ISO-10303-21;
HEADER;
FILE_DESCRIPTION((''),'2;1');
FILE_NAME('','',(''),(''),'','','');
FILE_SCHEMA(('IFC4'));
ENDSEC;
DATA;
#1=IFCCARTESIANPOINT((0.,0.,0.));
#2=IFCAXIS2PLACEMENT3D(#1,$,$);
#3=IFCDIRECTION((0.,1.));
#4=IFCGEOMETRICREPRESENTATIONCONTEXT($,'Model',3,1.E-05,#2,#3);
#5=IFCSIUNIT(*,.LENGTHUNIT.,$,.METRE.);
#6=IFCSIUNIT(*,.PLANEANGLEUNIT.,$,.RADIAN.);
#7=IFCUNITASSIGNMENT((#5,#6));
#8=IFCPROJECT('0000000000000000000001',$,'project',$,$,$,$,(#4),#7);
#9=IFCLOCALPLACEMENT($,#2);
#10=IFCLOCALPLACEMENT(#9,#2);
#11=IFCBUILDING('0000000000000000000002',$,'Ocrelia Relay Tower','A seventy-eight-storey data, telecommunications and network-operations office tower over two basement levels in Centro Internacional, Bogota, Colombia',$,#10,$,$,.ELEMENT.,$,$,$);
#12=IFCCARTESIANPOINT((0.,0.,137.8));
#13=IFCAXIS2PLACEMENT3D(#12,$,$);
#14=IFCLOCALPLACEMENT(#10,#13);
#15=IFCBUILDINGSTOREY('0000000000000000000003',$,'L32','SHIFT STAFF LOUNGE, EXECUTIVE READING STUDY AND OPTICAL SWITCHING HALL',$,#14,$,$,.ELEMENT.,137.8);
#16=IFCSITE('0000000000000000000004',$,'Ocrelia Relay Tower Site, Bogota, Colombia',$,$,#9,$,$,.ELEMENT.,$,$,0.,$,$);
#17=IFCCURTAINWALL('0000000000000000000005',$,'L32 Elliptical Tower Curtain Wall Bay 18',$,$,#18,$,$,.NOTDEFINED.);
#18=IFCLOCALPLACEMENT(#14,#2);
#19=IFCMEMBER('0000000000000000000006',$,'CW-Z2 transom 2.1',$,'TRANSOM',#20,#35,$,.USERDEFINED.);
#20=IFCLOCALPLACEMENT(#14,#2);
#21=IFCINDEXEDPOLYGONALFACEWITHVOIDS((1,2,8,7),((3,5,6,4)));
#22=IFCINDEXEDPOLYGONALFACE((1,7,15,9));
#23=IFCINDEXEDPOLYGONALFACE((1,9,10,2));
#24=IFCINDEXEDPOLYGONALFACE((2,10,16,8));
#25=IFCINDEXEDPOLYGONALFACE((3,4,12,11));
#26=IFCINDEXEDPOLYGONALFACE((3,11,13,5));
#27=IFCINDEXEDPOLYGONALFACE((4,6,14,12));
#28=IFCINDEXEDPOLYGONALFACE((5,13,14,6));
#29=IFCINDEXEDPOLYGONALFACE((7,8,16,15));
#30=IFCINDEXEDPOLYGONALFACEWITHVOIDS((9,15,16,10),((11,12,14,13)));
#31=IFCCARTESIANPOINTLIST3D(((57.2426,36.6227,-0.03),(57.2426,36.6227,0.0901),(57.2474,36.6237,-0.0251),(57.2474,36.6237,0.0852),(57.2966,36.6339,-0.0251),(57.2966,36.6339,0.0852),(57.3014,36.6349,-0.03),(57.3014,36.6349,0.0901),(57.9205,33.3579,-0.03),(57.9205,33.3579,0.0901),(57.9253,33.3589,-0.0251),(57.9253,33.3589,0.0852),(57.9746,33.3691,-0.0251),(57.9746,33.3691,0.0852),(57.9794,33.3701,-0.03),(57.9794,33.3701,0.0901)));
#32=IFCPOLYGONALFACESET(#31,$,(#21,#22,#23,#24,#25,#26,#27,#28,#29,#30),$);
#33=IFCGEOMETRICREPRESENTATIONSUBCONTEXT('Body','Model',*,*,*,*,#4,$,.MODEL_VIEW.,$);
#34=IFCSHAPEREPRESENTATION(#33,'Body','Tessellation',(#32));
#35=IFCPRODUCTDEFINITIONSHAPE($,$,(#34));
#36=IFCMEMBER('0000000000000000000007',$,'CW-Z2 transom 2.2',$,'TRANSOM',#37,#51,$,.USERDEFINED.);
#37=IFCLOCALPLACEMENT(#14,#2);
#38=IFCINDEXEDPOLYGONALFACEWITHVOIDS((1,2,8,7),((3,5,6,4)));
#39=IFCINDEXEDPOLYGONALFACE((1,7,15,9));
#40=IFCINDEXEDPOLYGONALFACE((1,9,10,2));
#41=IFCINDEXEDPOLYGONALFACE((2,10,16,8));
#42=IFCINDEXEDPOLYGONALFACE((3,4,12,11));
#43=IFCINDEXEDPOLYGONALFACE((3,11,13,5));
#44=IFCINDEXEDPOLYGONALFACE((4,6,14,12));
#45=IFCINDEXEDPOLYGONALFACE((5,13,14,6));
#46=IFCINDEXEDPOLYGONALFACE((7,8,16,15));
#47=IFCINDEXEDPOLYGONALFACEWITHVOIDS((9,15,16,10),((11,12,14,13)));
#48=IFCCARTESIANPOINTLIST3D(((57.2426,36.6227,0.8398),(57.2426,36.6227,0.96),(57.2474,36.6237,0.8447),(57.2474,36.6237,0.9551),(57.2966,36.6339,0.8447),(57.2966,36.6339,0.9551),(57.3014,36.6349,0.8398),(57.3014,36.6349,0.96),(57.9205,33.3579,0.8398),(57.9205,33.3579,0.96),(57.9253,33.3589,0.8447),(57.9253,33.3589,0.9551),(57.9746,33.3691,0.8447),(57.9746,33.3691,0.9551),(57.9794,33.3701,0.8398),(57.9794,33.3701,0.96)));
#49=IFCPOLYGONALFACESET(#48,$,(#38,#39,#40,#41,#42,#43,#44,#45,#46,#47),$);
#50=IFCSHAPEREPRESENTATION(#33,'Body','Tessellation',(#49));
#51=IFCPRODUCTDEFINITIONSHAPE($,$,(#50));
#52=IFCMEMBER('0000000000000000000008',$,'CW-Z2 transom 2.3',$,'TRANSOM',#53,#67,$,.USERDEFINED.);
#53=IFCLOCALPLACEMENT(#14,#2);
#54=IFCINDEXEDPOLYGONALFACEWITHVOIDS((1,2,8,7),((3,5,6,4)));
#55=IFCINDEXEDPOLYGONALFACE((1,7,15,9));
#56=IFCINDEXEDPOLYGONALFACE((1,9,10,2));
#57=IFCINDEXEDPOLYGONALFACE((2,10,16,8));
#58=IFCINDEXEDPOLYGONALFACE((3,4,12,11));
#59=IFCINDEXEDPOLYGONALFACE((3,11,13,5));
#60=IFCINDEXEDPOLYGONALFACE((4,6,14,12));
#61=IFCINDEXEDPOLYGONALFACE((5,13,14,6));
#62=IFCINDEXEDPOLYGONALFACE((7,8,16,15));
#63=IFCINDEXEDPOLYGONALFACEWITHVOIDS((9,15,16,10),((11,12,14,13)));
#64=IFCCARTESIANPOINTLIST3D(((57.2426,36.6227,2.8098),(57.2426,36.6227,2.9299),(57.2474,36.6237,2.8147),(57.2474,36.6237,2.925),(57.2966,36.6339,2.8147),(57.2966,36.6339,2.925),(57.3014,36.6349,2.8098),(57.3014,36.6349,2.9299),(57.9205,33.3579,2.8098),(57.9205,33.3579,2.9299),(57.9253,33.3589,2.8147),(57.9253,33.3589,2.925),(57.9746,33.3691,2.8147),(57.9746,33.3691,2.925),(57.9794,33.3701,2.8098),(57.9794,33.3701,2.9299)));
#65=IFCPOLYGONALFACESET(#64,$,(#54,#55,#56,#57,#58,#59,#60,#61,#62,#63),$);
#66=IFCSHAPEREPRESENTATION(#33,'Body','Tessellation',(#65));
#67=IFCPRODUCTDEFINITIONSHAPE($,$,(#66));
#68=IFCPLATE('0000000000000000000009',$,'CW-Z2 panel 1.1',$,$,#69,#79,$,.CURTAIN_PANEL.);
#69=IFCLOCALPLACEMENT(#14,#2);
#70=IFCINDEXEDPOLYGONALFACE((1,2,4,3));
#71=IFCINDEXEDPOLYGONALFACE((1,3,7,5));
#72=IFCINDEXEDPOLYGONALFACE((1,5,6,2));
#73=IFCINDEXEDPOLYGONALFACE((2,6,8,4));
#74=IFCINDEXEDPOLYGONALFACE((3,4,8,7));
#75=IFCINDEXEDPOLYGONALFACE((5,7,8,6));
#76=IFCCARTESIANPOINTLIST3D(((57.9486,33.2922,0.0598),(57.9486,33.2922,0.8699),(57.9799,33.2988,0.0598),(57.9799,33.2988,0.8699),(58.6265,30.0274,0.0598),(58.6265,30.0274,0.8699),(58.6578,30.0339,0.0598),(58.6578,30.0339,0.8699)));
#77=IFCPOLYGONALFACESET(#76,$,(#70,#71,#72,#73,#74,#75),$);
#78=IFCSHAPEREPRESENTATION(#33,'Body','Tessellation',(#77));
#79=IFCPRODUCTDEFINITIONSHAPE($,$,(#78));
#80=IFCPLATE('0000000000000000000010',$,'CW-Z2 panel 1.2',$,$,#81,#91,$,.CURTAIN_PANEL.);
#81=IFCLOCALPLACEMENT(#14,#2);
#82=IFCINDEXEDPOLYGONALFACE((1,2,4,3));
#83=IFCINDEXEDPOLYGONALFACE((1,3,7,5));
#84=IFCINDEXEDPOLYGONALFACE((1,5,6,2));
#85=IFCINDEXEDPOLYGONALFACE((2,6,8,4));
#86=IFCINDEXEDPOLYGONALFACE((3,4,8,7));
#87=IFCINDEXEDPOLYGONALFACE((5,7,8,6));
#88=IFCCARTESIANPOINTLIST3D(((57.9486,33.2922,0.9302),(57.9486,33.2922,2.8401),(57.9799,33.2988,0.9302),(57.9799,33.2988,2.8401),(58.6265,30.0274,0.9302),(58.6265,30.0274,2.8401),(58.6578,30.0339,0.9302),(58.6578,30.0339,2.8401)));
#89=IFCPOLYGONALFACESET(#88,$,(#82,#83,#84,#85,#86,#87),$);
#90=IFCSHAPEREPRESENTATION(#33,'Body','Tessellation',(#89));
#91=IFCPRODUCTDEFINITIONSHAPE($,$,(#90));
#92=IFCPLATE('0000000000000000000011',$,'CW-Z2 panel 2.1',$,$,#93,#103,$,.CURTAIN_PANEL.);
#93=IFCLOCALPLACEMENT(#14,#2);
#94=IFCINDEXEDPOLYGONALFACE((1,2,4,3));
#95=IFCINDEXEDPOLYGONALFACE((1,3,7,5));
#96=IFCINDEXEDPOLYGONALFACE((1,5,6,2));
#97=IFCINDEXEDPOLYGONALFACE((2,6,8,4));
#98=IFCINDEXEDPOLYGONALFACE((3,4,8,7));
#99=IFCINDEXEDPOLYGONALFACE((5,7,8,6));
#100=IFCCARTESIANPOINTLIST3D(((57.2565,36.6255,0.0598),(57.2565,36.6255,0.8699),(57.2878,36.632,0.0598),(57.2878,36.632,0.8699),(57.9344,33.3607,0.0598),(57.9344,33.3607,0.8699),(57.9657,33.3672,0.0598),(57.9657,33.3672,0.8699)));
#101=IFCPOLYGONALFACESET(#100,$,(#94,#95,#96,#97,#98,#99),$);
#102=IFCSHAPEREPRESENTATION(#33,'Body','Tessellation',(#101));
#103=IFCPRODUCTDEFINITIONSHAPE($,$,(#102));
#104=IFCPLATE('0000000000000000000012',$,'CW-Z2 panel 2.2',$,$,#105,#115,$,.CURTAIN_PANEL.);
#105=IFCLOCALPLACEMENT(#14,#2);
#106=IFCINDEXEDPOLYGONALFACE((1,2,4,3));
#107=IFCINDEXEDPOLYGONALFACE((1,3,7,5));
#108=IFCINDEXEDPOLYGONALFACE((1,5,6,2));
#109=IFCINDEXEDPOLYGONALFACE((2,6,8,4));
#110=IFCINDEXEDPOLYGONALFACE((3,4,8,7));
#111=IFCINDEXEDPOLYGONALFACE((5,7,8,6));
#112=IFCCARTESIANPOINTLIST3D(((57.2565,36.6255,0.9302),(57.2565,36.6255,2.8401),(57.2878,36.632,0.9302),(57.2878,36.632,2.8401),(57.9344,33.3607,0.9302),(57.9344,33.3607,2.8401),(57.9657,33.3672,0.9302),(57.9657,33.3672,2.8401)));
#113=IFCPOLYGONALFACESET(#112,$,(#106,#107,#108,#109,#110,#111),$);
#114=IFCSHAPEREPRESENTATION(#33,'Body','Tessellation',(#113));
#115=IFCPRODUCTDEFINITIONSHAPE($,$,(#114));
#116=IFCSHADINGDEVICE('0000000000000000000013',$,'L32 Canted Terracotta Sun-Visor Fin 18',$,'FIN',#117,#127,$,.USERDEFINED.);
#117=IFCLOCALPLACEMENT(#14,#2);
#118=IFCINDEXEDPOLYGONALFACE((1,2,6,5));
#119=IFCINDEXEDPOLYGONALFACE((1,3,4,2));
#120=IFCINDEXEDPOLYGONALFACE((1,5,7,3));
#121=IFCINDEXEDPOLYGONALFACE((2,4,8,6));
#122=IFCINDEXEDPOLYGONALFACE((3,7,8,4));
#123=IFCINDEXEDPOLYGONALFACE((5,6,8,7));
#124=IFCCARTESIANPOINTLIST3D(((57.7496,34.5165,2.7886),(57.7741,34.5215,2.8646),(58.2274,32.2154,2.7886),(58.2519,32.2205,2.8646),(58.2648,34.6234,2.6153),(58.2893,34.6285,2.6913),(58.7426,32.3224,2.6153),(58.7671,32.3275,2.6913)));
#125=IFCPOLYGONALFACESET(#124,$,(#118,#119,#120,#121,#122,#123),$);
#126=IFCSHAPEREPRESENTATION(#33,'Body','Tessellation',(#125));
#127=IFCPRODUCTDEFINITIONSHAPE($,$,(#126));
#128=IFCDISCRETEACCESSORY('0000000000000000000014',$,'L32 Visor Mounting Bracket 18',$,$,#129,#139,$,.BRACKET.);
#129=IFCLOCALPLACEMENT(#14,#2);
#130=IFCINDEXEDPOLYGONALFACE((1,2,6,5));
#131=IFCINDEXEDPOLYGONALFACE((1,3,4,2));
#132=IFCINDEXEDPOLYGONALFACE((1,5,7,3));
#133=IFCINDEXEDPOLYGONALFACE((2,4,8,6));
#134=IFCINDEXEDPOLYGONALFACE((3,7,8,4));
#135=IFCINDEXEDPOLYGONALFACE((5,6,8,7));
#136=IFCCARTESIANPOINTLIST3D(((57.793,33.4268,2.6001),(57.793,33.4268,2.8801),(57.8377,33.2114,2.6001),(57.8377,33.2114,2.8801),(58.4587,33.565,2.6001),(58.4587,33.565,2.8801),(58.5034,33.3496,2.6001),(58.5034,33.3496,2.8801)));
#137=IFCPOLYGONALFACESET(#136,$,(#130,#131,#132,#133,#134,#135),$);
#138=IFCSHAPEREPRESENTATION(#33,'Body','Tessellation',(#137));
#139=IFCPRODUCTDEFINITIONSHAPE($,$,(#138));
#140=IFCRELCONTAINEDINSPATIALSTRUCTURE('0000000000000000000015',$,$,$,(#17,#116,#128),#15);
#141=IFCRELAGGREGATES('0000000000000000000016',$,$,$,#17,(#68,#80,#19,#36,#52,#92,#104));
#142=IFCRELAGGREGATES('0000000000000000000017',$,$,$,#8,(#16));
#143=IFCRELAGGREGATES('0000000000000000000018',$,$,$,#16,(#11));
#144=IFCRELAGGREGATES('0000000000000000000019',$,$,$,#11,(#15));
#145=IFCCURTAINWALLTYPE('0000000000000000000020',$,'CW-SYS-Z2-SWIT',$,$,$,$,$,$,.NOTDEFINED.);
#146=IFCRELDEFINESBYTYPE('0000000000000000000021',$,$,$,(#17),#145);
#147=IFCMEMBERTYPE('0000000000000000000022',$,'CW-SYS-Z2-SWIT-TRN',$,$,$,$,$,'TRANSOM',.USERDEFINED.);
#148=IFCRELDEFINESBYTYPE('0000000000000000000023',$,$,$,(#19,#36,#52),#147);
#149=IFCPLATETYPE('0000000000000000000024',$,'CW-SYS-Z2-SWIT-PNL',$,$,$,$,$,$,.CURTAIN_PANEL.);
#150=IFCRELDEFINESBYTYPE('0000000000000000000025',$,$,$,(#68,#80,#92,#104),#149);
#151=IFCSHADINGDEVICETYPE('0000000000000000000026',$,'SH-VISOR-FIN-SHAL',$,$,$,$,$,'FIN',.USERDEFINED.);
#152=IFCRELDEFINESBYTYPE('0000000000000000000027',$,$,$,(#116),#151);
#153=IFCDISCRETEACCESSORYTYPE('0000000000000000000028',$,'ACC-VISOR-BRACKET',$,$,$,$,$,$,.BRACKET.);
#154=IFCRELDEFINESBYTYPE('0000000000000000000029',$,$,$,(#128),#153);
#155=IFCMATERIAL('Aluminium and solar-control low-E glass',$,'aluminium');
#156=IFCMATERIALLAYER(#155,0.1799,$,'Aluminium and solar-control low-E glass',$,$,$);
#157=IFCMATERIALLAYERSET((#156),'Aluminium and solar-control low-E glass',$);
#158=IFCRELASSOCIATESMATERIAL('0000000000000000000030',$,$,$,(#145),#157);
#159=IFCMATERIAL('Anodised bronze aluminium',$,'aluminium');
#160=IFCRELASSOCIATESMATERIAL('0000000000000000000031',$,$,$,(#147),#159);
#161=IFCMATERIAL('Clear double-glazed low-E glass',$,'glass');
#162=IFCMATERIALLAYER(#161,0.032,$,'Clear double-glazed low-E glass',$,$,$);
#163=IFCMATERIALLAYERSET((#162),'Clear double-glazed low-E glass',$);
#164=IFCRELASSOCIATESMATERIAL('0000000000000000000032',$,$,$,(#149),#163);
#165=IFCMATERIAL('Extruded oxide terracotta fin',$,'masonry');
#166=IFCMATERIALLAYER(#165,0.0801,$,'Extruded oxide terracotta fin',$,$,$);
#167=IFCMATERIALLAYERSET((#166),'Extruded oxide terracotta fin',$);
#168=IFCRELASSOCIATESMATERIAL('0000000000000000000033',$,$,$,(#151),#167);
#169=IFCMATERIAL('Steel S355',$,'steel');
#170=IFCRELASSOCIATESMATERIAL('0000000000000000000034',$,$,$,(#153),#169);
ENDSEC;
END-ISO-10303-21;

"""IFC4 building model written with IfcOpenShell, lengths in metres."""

from ifc_helpers import new_model, si_unit, direction, frame, origin, origin_2d, place, context, subcontext, project, spatial, rectangle, hollow_rectangle, extrude, material, layer, layer_set, material_profile, profile_set, type_object, element, aggregate, save


model = new_model("IFC4")

# Units and contexts
model_context = context("Model", 3, precision=1e-05, world=origin(), true_north=direction((0.0, 1.0)))
body_context = subcontext(model_context, "Body", "Model", "MODEL_VIEW")
ifc_project = project(units=[si_unit("LENGTHUNIT", "METRE"), si_unit("PLANEANGLEUNIT", "RADIAN")], contexts=[model_context])

# Site, building, storey
site_placement = place(None, origin())
site = spatial("IfcSite", under=ifc_project, at=site_placement, Name="Ocrelia Relay Tower Site, Bogota, Colombia", CompositionType="ELEMENT", RefElevation=0.0)
building_placement = place(site_placement, origin())
building = spatial("IfcBuilding", under=site, at=building_placement, Name="Ocrelia Relay Tower", Description="A seventy-eight-storey data, telecommunications and network-operations office tower over two basement levels in Centro Internacional, Bogota, Colombia", CompositionType="ELEMENT")
storey_placement = place(building_placement, frame((0.0, 0.0, 137.8)))
storey = spatial("IfcBuildingStorey", under=building, at=storey_placement, Name="L32", Description="SHIFT STAFF LOUNGE, EXECUTIVE READING STUDY AND OPTICAL SWITCHING HALL", CompositionType="ELEMENT", Elevation=137.8)

# Shared definitions
ifc_material_1 = material(Name="Steel S355", Category="steel")

# Curtain wall, members, plates
ifc_material_2 = material(Name="Aluminium and solar-control low-E glass", Category="aluminium")
ifc_layer_1 = layer(ifc_material_2, 0.1799, Name="Aluminium and solar-control low-E glass")
ifc_layer_set_1 = layer_set([ifc_layer_1], Name="Aluminium and solar-control low-E glass")
curtain_wall_type = type_object("IfcCurtainWallType", Name="CW-SYS-Z2-SWIT", PredefinedType="NOTDEFINED", material=ifc_layer_set_1)
curtain_wall_placement = place(storey_placement, origin())
curtain_wall = element("IfcCurtainWall", 1, at=curtain_wall_placement, inside=storey, type_object=curtain_wall_type, Name="L32 Elliptical Tower Curtain Wall Bay 18", PredefinedType="NOTDEFINED")
ifc_material_3 = material(Name="Anodised bronze aluminium", Category="aluminium")
ifc_material_profile_1 = material_profile(ifc_material_3, hollow_rectangle(XDim=0.0601, YDim=0.1201, WallThickness=0.0049, at=origin_2d()), Name="CW-TRN-120x60")
ifc_profile_set_1 = profile_set([ifc_material_profile_1], Name="Anodised bronze aluminium")
member_type_1 = type_object("IfcMemberType", Name="CW-SYS-Z2-SWIT-TRN", ElementType="TRANSOM", PredefinedType="USERDEFINED", material=ifc_profile_set_1)
member_1_placement = place(storey_placement, frame((57.95, 33.364, 0.03), z_axis=(-0.20332, 0.979112, 0.0), x_axis=(-0.979112, -0.20332, 0.0)))
member_1 = element("IfcMember", 2, at=member_1_placement, type_object=member_type_1, Name="CW-Z2 transom 2.1", ObjectType="TRANSOM", PredefinedType="USERDEFINED", context=body_context, shape_type="SweptSolid", body=[
    extrude(hollow_rectangle(XDim=0.0601, YDim=0.1201, WallThickness=0.0049, at=origin_2d()), origin(), (0.0, 0.0, 1.0), 3.3345),
])
member_2_placement = place(storey_placement, frame((57.95, 33.364, 0.8999), z_axis=(-0.20332, 0.979112, 0.0), x_axis=(-0.979112, -0.20332, 0.0)))
member_2 = element("IfcMember", 3, at=member_2_placement, type_object=member_type_1, Name="CW-Z2 transom 2.2", ObjectType="TRANSOM", PredefinedType="USERDEFINED", context=body_context, shape_type="SweptSolid", body=[
    extrude(hollow_rectangle(XDim=0.0601, YDim=0.1201, WallThickness=0.0049, at=origin_2d()), origin(), (0.0, 0.0, 1.0), 3.3345),
])
member_3_placement = place(storey_placement, frame((57.95, 33.364, 2.8699), z_axis=(-0.20332, 0.979112, 0.0), x_axis=(-0.979112, -0.20332, 0.0)))
member_3 = element("IfcMember", 4, at=member_3_placement, type_object=member_type_1, Name="CW-Z2 transom 2.3", ObjectType="TRANSOM", PredefinedType="USERDEFINED", context=body_context, shape_type="SweptSolid", body=[
    extrude(hollow_rectangle(XDim=0.0601, YDim=0.1201, WallThickness=0.0049, at=origin_2d()), origin(), (0.0, 0.0, 1.0), 3.3345),
])
ifc_material_4 = material(Name="Clear double-glazed low-E glass", Category="glass")
ifc_layer_2 = layer(ifc_material_4, 0.032, Name="Clear double-glazed low-E glass")
ifc_layer_set_2 = layer_set([ifc_layer_2], Name="Clear double-glazed low-E glass")
plate_type = type_object("IfcPlateType", Name="CW-SYS-Z2-SWIT-PNL", PredefinedType="CURTAIN_PANEL", material=ifc_layer_set_2)
plate_1_placement = place(storey_placement, frame((58.3032, 31.6631, 0.0598), z_axis=(0.0, 0.0, 1.0), x_axis=(-0.203312, 0.979114, 0.0)))
plate_1 = element("IfcPlate", 5, at=plate_1_placement, type_object=plate_type, Name="CW-Z2 panel 1.1", PredefinedType="CURTAIN_PANEL", context=body_context, shape_type="SweptSolid", body=[
    extrude(rectangle(XDim=3.3345, YDim=0.032, at=origin_2d()), origin(), (0.0, 0.0, 1.0), 0.8101),
])
plate_2_placement = place(storey_placement, frame((58.3032, 31.6631, 0.9302), z_axis=(0.0, 0.0, 1.0), x_axis=(-0.203312, 0.979114, 0.0)))
plate_2 = element("IfcPlate", 6, at=plate_2_placement, type_object=plate_type, Name="CW-Z2 panel 1.2", PredefinedType="CURTAIN_PANEL", context=body_context, shape_type="SweptSolid", body=[
    extrude(rectangle(XDim=3.3345, YDim=0.032, at=origin_2d()), origin(), (0.0, 0.0, 1.0), 1.9099),
])
plate_3_placement = place(storey_placement, frame((57.6111, 34.9963, 0.0598), z_axis=(0.0, 0.0, 1.0), x_axis=(-0.203312, 0.979114, 0.0)))
plate_3 = element("IfcPlate", 7, at=plate_3_placement, type_object=plate_type, Name="CW-Z2 panel 2.1", PredefinedType="CURTAIN_PANEL", context=body_context, shape_type="SweptSolid", body=[
    extrude(rectangle(XDim=3.3345, YDim=0.032, at=origin_2d()), origin(), (0.0, 0.0, 1.0), 0.8101),
])
plate_4_placement = place(storey_placement, frame((57.6111, 34.9963, 0.9302), z_axis=(0.0, 0.0, 1.0), x_axis=(-0.203312, 0.979114, 0.0)))
plate_4 = element("IfcPlate", 8, at=plate_4_placement, type_object=plate_type, Name="CW-Z2 panel 2.2", PredefinedType="CURTAIN_PANEL", context=body_context, shape_type="SweptSolid", body=[
    extrude(rectangle(XDim=3.3345, YDim=0.032, at=origin_2d()), origin(), (0.0, 0.0, 1.0), 1.9099),
])
aggregate(curtain_wall, [plate_1, plate_2, member_1, member_2, member_3, plate_3, plate_4])

# Shading device
ifc_material_5 = material(Name="Extruded oxide terracotta fin", Category="masonry")
ifc_layer_3 = layer(ifc_material_5, 0.0801, Name="Extruded oxide terracotta fin")
ifc_layer_set_3 = layer_set([ifc_layer_3], Name="Extruded oxide terracotta fin")
shading_device_type = type_object("IfcShadingDeviceType", Name="SH-VISOR-FIN-SHAL", ElementType="FIN", PredefinedType="USERDEFINED", material=ifc_layer_set_3)
shading_device_placement = place(storey_placement, frame((58.2461, 33.4194, 2.7019), z_axis=(0.306298, 0.063603, 0.949808), x_axis=(-0.203312, 0.979114, 0.0)))
element("IfcShadingDevice", 9, at=shading_device_placement, inside=storey, type_object=shading_device_type, Name="L32 Canted Terracotta Sun-Visor Fin 18", ObjectType="FIN", PredefinedType="USERDEFINED", context=body_context, shape_type="SweptSolid", body=[
    extrude(rectangle(XDim=2.3501, YDim=0.554, at=origin_2d()), origin(), (0.0, 0.0, 1.0), 0.0801),
])

# Discrete accessory
discrete_accessory_type = type_object("IfcDiscreteAccessoryType", Name="ACC-VISOR-BRACKET", PredefinedType="BRACKET", material=ifc_material_1)
discrete_accessory_placement = place(storey_placement, frame((58.1482, 33.3882, 2.6001), z_axis=(0.0, 0.0, 1.0), x_axis=(-0.203312, 0.979114, 0.0)))
element("IfcDiscreteAccessory", 10, at=discrete_accessory_placement, inside=storey, type_object=discrete_accessory_type, Name="L32 Visor Mounting Bracket 18", PredefinedType="BRACKET", context=body_context, shape_type="SweptSolid", body=[
    extrude(rectangle(XDim=0.22, YDim=0.6799, at=origin_2d()), origin(), (0.0, 0.0, 1.0), 0.28),
])

save(model, "model.ifc")
